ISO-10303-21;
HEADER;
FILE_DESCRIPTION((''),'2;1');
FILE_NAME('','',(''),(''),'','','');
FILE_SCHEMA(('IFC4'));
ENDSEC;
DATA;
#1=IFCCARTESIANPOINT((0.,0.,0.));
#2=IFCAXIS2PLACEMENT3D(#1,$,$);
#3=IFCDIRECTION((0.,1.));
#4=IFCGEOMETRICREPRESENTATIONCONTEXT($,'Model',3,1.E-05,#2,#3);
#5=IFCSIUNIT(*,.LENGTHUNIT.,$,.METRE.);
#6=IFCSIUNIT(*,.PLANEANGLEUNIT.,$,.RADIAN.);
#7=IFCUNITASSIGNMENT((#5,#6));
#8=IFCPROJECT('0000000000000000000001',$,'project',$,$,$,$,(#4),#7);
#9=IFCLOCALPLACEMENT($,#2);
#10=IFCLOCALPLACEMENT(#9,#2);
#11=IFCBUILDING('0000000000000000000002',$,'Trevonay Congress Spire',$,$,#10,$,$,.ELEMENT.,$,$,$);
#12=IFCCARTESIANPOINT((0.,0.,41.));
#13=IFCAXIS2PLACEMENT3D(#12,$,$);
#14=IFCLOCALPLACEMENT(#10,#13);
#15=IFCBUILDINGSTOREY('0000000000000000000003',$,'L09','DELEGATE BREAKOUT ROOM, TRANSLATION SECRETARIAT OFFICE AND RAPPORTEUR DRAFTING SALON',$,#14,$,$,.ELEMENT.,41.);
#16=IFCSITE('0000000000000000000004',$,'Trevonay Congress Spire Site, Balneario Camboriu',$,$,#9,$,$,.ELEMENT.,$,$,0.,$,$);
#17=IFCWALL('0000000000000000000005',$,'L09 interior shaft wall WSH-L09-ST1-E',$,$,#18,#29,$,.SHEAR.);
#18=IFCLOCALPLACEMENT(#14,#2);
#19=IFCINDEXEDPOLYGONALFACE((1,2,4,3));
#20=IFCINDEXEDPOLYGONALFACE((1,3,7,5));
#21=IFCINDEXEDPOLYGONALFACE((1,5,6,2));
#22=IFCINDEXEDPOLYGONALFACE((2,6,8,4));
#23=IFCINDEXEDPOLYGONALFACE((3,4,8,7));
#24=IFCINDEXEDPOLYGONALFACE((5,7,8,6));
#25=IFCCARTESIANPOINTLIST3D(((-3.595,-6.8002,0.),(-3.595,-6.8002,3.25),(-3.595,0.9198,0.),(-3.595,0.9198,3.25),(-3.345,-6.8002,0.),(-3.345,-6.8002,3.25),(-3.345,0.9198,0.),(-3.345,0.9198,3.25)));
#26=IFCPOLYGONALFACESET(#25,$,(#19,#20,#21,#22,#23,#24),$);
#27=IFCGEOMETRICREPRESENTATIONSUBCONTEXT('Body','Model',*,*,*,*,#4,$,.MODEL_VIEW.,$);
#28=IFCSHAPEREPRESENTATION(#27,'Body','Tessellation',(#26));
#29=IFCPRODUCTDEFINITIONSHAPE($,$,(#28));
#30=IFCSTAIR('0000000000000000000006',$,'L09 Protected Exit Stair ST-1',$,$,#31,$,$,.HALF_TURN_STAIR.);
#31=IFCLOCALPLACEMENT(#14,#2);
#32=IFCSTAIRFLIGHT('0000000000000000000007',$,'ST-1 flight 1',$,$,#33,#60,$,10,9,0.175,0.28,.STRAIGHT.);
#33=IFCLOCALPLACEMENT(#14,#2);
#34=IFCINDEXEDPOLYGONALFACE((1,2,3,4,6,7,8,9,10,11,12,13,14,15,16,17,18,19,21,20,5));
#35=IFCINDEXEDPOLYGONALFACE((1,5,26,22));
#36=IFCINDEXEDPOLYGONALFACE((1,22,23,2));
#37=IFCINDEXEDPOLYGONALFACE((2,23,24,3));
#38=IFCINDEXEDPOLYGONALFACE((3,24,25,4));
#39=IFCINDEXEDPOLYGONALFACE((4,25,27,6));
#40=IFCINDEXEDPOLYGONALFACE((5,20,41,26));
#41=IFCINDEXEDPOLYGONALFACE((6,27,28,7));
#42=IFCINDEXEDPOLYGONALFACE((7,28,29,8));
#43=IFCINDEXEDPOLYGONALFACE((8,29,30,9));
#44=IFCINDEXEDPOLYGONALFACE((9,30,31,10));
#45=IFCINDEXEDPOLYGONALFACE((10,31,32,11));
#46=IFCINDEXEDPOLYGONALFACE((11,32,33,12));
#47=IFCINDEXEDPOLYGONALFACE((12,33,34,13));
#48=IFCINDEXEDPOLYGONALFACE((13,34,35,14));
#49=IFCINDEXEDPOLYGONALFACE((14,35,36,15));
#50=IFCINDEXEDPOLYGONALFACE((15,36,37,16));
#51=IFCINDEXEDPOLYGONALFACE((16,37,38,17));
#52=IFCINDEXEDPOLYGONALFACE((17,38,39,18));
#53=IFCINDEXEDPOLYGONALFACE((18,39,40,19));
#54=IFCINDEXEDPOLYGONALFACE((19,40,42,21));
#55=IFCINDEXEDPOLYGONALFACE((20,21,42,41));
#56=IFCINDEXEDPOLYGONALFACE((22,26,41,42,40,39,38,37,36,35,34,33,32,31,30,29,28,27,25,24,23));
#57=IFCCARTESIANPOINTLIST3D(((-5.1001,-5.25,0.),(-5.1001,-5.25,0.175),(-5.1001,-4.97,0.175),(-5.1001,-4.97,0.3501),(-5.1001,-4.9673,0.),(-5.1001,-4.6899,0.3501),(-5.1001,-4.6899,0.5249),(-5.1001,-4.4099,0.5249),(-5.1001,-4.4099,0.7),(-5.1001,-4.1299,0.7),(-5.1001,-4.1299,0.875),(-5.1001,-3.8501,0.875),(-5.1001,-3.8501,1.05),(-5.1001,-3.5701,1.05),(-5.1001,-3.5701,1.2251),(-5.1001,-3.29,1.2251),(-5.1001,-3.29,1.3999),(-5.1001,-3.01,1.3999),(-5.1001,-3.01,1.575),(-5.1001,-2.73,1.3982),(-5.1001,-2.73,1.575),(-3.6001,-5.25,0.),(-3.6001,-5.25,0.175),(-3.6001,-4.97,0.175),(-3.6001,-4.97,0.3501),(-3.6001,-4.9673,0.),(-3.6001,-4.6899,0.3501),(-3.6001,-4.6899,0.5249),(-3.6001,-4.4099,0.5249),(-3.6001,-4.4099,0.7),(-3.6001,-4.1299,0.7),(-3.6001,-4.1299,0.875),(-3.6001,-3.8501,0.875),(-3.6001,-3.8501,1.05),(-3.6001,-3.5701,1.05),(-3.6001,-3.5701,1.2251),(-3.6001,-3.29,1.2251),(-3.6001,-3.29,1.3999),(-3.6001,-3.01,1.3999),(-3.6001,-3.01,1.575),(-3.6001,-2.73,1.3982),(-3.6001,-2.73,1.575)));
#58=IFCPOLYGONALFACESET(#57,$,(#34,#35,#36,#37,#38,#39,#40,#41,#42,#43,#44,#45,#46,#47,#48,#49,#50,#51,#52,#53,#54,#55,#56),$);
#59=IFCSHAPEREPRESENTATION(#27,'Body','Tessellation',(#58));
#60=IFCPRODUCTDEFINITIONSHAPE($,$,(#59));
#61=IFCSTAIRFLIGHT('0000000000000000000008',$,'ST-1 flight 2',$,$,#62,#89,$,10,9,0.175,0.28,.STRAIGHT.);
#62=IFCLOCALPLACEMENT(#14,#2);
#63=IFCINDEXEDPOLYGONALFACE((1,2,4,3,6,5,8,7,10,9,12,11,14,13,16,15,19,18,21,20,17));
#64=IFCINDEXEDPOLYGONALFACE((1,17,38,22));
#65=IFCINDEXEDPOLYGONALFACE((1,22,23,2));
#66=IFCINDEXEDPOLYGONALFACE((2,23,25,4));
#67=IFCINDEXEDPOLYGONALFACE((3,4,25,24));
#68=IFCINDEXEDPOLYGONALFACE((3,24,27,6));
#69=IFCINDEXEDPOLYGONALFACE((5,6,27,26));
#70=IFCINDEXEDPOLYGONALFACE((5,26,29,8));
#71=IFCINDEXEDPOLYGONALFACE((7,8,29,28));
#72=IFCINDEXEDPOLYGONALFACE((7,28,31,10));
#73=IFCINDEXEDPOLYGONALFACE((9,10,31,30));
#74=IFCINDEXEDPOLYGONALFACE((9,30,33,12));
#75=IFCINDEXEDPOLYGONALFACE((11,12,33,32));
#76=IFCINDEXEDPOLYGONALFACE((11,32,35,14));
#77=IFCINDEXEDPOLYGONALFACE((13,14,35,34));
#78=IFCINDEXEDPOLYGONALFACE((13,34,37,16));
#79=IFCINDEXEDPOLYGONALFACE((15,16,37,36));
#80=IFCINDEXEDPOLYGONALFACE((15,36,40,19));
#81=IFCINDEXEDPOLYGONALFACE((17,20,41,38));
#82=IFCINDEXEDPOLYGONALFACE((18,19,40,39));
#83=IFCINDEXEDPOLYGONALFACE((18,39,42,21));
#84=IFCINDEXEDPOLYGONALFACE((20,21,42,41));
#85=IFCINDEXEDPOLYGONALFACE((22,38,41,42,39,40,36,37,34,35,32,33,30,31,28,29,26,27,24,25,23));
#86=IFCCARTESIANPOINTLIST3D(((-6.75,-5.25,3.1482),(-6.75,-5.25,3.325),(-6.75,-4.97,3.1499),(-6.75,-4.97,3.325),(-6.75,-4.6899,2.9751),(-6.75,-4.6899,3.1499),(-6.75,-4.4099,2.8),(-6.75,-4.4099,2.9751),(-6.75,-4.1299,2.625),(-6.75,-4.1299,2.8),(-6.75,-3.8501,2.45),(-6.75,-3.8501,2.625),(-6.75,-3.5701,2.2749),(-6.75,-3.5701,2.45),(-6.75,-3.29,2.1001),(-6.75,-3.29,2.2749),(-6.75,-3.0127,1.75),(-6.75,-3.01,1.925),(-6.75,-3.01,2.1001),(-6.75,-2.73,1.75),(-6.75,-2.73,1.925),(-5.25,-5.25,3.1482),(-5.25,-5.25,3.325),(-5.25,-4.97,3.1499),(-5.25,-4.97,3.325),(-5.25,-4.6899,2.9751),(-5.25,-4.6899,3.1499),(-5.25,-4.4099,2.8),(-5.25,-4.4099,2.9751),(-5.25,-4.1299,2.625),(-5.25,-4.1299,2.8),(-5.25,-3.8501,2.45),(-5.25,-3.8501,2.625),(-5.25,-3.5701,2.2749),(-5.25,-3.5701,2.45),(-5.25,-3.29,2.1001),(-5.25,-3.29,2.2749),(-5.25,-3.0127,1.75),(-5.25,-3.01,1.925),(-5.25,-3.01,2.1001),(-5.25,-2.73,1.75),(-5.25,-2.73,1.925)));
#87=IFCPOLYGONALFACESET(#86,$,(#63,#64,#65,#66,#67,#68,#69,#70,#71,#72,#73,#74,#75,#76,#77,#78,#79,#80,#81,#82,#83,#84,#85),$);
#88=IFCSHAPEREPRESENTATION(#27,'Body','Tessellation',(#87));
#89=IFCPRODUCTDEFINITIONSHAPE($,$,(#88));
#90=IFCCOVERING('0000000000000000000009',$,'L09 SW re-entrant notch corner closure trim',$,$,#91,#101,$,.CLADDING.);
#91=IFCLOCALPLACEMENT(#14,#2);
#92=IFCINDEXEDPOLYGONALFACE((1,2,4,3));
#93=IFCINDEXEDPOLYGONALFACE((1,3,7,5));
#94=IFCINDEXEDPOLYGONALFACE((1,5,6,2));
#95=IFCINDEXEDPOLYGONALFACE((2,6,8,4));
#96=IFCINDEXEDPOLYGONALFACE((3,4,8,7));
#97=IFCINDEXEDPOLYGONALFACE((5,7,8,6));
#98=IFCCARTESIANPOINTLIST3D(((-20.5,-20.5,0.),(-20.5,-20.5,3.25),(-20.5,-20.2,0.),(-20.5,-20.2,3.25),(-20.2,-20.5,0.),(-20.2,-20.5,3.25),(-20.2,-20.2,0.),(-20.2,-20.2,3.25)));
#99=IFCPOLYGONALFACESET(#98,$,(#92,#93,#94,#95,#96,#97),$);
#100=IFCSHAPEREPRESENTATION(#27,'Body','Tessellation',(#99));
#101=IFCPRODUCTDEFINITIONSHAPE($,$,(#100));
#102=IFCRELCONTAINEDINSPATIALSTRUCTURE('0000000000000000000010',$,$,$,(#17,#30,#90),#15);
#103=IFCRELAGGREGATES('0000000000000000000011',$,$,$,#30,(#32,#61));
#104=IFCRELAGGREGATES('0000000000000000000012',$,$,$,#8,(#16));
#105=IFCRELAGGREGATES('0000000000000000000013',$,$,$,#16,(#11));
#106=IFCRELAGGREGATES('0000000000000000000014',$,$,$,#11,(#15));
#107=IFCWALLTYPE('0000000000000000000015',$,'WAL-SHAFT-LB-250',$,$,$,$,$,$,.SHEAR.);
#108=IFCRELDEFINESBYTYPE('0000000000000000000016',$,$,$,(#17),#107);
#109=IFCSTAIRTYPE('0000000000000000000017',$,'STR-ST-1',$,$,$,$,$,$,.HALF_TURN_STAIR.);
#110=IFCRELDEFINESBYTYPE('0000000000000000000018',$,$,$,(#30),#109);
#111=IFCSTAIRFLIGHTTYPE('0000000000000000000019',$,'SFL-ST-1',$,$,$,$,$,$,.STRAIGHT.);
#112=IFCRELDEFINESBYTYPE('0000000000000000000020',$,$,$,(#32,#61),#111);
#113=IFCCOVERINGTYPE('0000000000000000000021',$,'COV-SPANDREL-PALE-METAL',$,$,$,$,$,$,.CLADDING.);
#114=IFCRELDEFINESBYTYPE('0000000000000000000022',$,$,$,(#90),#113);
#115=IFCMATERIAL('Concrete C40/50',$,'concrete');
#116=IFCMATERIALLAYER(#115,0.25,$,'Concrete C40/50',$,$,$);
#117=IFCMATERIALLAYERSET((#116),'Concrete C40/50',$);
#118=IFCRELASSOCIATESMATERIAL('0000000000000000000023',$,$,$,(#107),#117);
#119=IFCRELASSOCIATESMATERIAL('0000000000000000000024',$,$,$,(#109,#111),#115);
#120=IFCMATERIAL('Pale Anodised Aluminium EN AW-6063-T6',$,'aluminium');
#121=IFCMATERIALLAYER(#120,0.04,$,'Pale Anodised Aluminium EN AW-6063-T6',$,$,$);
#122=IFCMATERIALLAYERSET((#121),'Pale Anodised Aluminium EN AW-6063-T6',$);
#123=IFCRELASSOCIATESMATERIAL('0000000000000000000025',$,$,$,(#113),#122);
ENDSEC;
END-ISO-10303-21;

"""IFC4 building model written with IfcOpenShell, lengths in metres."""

from ifc_helpers import new_model, si_unit, direction, frame, frame_2d, origin, place, context, subcontext, project, spatial, polyline, rectangle, outline, extrude, material, layer, layer_set, type_object, element, aggregate, save


model = new_model("IFC4")

# Units and contexts
model_context = context("Model", 3, precision=1e-05, world=origin(), true_north=direction((0.0, 1.0)))
body_context = subcontext(model_context, "Body", "Model", "MODEL_VIEW")
ifc_project = project(units=[si_unit("LENGTHUNIT", "METRE"), si_unit("PLANEANGLEUNIT", "RADIAN")], contexts=[model_context])

# Site, building, storey
site_placement = place(None, origin())
site = spatial("IfcSite", under=ifc_project, at=site_placement, Name="Trevonay Congress Spire Site, Balneario Camboriu", CompositionType="ELEMENT", RefElevation=0.0)
building_placement = place(site_placement, origin())
building = spatial("IfcBuilding", under=site, at=building_placement, Name="Trevonay Congress Spire", CompositionType="ELEMENT")
storey_placement = place(building_placement, frame((0.0, 0.0, 41.0)))
storey = spatial("IfcBuildingStorey", under=building, at=storey_placement, Name="L09", Description="DELEGATE BREAKOUT ROOM, TRANSLATION SECRETARIAT OFFICE AND RAPPORTEUR DRAFTING SALON", CompositionType="ELEMENT", Elevation=41.0)

# Shared definitions
ifc_material_1 = material(Name="Concrete C40/50", Category="concrete")

# Shared definitions
ifc_material_2 = material(Name="Pale Anodised Aluminium EN AW-6063-T6", Category="aluminium")

# Wall
ifc_layer_1 = layer(ifc_material_1, 0.25, Name="Concrete C40/50")
ifc_layer_set_1 = layer_set([ifc_layer_1], Name="Concrete C40/50")
wall_type_1 = type_object("IfcWallType", Name="WAL-SHAFT-LB-250", PredefinedType="SHEAR", material=ifc_layer_set_1)
wall_1_placement = place(storey_placement, frame((-3.47, -6.8, 0.0), z_axis=(0.0, 0.0, 1.0), x_axis=(0.0, 1.0, 0.0)))
element("IfcWall", 1, at=wall_1_placement, inside=storey, type_object=wall_type_1, Name="L09 interior shaft wall WSH-L09-ST1-E", PredefinedType="SHEAR", context=body_context, shape_type="SweptSolid", body=[
    extrude(rectangle(XDim=7.72, YDim=0.25, at=frame_2d((3.8599, 0.0))), origin(), (0.0, 0.0, 1.0), 3.25),
])

# Stair, stair flights
stair_type = type_object("IfcStairType", Name="STR-ST-1", PredefinedType="HALF_TURN_STAIR", material=ifc_material_1)
stair_placement = place(storey_placement, origin())
stair = element("IfcStair", 2, at=stair_placement, inside=storey, type_object=stair_type, Name="L09 Protected Exit Stair ST-1", PredefinedType="HALF_TURN_STAIR")
stair_flight_type = type_object("IfcStairFlightType", Name="SFL-ST-1", PredefinedType="STRAIGHT", material=ifc_material_1)
stair_flight_1_placement = place(storey_placement, frame((-4.3501, -5.25, 0.0), z_axis=(0.0, 0.0, 1.0), x_axis=(0.0, 1.0, 0.0)))
stair_flight_1 = element("IfcStairFlight", 3, at=stair_flight_1_placement, type_object=stair_flight_type, Name="ST-1 flight 1", NumberOfRisers=10, NumberOfTreads=9, PredefinedType="STRAIGHT", RiserHeight=0.175, TreadLength=0.28, context=body_context, shape_type="SweptSolid", body=[
    extrude(outline(polyline([(0.0, 0.0), (0.0, 0.175), (0.28, 0.175), (0.28, 0.3501), (0.5601, 0.3501), (0.5601, 0.5249), (0.8401, 0.5249), (0.8401, 0.7), (1.1201, 0.7), (1.1201, 0.875), (1.3999, 0.875), (1.3999, 1.05), (1.6799, 1.05), (1.6799, 1.2251), (1.96, 1.2251), (1.96, 1.3999), (2.24, 1.3999), (2.24, 1.575), (2.52, 1.575), (2.52, 1.75), (2.52, 1.3982), (0.2827, 0.0), (0.0, 0.0)])), frame((0.0, 0.75, 0.0), z_axis=(0.0, -1.0, 0.0), x_axis=(1.0, 0.0, 0.0)), (0.0, 0.0, 1.0), 1.5),
])
stair_flight_2_placement = place(storey_placement, frame((-6.0, -2.73, 1.75), z_axis=(0.0, 0.0, 1.0), x_axis=(0.0, -1.0, 0.0)))
stair_flight_2 = element("IfcStairFlight", 4, at=stair_flight_2_placement, type_object=stair_flight_type, Name="ST-1 flight 2", NumberOfRisers=10, NumberOfTreads=9, PredefinedType="STRAIGHT", RiserHeight=0.175, TreadLength=0.28, context=body_context, shape_type="SweptSolid", body=[
    extrude(outline(polyline([(0.0, 0.0), (0.0, 0.175), (0.28, 0.175), (0.28, 0.3501), (0.5601, 0.3501), (0.5601, 0.5249), (0.8401, 0.5249), (0.8401, 0.7), (1.1201, 0.7), (1.1201, 0.875), (1.3999, 0.875), (1.3999, 1.05), (1.6799, 1.05), (1.6799, 1.2251), (1.96, 1.2251), (1.96, 1.3999), (2.24, 1.3999), (2.24, 1.575), (2.52, 1.575), (2.52, 1.75), (2.52, 1.3982), (0.2827, 0.0), (0.0, 0.0)])), frame((0.0, 0.75, 0.0), z_axis=(0.0, -1.0, 0.0), x_axis=(1.0, 0.0, 0.0)), (0.0, 0.0, 1.0), 1.5),
])
aggregate(stair, [stair_flight_1, stair_flight_2])

# Covering
ifc_layer_2 = layer(ifc_material_2, 0.04, Name="Pale Anodised Aluminium EN AW-6063-T6")
ifc_layer_set_2 = layer_set([ifc_layer_2], Name="Pale Anodised Aluminium EN AW-6063-T6")
covering_type = type_object("IfcCoveringType", Name="COV-SPANDREL-PALE-METAL", PredefinedType="CLADDING", material=ifc_layer_set_2)
covering_placement = place(storey_placement, origin())
element("IfcCovering", 5, at=covering_placement, inside=storey, type_object=covering_type, Name="L09 SW re-entrant notch corner closure trim", PredefinedType="CLADDING", context=body_context, shape_type="SweptSolid", body=[
    extrude(outline(polyline([(-20.5, -20.5), (-20.2, -20.5), (-20.2, -20.2), (-20.5, -20.2), (-20.5, -20.5)])), origin(), (0.0, 0.0, 1.0), 3.25),
])

save(model, "model.ifc")
